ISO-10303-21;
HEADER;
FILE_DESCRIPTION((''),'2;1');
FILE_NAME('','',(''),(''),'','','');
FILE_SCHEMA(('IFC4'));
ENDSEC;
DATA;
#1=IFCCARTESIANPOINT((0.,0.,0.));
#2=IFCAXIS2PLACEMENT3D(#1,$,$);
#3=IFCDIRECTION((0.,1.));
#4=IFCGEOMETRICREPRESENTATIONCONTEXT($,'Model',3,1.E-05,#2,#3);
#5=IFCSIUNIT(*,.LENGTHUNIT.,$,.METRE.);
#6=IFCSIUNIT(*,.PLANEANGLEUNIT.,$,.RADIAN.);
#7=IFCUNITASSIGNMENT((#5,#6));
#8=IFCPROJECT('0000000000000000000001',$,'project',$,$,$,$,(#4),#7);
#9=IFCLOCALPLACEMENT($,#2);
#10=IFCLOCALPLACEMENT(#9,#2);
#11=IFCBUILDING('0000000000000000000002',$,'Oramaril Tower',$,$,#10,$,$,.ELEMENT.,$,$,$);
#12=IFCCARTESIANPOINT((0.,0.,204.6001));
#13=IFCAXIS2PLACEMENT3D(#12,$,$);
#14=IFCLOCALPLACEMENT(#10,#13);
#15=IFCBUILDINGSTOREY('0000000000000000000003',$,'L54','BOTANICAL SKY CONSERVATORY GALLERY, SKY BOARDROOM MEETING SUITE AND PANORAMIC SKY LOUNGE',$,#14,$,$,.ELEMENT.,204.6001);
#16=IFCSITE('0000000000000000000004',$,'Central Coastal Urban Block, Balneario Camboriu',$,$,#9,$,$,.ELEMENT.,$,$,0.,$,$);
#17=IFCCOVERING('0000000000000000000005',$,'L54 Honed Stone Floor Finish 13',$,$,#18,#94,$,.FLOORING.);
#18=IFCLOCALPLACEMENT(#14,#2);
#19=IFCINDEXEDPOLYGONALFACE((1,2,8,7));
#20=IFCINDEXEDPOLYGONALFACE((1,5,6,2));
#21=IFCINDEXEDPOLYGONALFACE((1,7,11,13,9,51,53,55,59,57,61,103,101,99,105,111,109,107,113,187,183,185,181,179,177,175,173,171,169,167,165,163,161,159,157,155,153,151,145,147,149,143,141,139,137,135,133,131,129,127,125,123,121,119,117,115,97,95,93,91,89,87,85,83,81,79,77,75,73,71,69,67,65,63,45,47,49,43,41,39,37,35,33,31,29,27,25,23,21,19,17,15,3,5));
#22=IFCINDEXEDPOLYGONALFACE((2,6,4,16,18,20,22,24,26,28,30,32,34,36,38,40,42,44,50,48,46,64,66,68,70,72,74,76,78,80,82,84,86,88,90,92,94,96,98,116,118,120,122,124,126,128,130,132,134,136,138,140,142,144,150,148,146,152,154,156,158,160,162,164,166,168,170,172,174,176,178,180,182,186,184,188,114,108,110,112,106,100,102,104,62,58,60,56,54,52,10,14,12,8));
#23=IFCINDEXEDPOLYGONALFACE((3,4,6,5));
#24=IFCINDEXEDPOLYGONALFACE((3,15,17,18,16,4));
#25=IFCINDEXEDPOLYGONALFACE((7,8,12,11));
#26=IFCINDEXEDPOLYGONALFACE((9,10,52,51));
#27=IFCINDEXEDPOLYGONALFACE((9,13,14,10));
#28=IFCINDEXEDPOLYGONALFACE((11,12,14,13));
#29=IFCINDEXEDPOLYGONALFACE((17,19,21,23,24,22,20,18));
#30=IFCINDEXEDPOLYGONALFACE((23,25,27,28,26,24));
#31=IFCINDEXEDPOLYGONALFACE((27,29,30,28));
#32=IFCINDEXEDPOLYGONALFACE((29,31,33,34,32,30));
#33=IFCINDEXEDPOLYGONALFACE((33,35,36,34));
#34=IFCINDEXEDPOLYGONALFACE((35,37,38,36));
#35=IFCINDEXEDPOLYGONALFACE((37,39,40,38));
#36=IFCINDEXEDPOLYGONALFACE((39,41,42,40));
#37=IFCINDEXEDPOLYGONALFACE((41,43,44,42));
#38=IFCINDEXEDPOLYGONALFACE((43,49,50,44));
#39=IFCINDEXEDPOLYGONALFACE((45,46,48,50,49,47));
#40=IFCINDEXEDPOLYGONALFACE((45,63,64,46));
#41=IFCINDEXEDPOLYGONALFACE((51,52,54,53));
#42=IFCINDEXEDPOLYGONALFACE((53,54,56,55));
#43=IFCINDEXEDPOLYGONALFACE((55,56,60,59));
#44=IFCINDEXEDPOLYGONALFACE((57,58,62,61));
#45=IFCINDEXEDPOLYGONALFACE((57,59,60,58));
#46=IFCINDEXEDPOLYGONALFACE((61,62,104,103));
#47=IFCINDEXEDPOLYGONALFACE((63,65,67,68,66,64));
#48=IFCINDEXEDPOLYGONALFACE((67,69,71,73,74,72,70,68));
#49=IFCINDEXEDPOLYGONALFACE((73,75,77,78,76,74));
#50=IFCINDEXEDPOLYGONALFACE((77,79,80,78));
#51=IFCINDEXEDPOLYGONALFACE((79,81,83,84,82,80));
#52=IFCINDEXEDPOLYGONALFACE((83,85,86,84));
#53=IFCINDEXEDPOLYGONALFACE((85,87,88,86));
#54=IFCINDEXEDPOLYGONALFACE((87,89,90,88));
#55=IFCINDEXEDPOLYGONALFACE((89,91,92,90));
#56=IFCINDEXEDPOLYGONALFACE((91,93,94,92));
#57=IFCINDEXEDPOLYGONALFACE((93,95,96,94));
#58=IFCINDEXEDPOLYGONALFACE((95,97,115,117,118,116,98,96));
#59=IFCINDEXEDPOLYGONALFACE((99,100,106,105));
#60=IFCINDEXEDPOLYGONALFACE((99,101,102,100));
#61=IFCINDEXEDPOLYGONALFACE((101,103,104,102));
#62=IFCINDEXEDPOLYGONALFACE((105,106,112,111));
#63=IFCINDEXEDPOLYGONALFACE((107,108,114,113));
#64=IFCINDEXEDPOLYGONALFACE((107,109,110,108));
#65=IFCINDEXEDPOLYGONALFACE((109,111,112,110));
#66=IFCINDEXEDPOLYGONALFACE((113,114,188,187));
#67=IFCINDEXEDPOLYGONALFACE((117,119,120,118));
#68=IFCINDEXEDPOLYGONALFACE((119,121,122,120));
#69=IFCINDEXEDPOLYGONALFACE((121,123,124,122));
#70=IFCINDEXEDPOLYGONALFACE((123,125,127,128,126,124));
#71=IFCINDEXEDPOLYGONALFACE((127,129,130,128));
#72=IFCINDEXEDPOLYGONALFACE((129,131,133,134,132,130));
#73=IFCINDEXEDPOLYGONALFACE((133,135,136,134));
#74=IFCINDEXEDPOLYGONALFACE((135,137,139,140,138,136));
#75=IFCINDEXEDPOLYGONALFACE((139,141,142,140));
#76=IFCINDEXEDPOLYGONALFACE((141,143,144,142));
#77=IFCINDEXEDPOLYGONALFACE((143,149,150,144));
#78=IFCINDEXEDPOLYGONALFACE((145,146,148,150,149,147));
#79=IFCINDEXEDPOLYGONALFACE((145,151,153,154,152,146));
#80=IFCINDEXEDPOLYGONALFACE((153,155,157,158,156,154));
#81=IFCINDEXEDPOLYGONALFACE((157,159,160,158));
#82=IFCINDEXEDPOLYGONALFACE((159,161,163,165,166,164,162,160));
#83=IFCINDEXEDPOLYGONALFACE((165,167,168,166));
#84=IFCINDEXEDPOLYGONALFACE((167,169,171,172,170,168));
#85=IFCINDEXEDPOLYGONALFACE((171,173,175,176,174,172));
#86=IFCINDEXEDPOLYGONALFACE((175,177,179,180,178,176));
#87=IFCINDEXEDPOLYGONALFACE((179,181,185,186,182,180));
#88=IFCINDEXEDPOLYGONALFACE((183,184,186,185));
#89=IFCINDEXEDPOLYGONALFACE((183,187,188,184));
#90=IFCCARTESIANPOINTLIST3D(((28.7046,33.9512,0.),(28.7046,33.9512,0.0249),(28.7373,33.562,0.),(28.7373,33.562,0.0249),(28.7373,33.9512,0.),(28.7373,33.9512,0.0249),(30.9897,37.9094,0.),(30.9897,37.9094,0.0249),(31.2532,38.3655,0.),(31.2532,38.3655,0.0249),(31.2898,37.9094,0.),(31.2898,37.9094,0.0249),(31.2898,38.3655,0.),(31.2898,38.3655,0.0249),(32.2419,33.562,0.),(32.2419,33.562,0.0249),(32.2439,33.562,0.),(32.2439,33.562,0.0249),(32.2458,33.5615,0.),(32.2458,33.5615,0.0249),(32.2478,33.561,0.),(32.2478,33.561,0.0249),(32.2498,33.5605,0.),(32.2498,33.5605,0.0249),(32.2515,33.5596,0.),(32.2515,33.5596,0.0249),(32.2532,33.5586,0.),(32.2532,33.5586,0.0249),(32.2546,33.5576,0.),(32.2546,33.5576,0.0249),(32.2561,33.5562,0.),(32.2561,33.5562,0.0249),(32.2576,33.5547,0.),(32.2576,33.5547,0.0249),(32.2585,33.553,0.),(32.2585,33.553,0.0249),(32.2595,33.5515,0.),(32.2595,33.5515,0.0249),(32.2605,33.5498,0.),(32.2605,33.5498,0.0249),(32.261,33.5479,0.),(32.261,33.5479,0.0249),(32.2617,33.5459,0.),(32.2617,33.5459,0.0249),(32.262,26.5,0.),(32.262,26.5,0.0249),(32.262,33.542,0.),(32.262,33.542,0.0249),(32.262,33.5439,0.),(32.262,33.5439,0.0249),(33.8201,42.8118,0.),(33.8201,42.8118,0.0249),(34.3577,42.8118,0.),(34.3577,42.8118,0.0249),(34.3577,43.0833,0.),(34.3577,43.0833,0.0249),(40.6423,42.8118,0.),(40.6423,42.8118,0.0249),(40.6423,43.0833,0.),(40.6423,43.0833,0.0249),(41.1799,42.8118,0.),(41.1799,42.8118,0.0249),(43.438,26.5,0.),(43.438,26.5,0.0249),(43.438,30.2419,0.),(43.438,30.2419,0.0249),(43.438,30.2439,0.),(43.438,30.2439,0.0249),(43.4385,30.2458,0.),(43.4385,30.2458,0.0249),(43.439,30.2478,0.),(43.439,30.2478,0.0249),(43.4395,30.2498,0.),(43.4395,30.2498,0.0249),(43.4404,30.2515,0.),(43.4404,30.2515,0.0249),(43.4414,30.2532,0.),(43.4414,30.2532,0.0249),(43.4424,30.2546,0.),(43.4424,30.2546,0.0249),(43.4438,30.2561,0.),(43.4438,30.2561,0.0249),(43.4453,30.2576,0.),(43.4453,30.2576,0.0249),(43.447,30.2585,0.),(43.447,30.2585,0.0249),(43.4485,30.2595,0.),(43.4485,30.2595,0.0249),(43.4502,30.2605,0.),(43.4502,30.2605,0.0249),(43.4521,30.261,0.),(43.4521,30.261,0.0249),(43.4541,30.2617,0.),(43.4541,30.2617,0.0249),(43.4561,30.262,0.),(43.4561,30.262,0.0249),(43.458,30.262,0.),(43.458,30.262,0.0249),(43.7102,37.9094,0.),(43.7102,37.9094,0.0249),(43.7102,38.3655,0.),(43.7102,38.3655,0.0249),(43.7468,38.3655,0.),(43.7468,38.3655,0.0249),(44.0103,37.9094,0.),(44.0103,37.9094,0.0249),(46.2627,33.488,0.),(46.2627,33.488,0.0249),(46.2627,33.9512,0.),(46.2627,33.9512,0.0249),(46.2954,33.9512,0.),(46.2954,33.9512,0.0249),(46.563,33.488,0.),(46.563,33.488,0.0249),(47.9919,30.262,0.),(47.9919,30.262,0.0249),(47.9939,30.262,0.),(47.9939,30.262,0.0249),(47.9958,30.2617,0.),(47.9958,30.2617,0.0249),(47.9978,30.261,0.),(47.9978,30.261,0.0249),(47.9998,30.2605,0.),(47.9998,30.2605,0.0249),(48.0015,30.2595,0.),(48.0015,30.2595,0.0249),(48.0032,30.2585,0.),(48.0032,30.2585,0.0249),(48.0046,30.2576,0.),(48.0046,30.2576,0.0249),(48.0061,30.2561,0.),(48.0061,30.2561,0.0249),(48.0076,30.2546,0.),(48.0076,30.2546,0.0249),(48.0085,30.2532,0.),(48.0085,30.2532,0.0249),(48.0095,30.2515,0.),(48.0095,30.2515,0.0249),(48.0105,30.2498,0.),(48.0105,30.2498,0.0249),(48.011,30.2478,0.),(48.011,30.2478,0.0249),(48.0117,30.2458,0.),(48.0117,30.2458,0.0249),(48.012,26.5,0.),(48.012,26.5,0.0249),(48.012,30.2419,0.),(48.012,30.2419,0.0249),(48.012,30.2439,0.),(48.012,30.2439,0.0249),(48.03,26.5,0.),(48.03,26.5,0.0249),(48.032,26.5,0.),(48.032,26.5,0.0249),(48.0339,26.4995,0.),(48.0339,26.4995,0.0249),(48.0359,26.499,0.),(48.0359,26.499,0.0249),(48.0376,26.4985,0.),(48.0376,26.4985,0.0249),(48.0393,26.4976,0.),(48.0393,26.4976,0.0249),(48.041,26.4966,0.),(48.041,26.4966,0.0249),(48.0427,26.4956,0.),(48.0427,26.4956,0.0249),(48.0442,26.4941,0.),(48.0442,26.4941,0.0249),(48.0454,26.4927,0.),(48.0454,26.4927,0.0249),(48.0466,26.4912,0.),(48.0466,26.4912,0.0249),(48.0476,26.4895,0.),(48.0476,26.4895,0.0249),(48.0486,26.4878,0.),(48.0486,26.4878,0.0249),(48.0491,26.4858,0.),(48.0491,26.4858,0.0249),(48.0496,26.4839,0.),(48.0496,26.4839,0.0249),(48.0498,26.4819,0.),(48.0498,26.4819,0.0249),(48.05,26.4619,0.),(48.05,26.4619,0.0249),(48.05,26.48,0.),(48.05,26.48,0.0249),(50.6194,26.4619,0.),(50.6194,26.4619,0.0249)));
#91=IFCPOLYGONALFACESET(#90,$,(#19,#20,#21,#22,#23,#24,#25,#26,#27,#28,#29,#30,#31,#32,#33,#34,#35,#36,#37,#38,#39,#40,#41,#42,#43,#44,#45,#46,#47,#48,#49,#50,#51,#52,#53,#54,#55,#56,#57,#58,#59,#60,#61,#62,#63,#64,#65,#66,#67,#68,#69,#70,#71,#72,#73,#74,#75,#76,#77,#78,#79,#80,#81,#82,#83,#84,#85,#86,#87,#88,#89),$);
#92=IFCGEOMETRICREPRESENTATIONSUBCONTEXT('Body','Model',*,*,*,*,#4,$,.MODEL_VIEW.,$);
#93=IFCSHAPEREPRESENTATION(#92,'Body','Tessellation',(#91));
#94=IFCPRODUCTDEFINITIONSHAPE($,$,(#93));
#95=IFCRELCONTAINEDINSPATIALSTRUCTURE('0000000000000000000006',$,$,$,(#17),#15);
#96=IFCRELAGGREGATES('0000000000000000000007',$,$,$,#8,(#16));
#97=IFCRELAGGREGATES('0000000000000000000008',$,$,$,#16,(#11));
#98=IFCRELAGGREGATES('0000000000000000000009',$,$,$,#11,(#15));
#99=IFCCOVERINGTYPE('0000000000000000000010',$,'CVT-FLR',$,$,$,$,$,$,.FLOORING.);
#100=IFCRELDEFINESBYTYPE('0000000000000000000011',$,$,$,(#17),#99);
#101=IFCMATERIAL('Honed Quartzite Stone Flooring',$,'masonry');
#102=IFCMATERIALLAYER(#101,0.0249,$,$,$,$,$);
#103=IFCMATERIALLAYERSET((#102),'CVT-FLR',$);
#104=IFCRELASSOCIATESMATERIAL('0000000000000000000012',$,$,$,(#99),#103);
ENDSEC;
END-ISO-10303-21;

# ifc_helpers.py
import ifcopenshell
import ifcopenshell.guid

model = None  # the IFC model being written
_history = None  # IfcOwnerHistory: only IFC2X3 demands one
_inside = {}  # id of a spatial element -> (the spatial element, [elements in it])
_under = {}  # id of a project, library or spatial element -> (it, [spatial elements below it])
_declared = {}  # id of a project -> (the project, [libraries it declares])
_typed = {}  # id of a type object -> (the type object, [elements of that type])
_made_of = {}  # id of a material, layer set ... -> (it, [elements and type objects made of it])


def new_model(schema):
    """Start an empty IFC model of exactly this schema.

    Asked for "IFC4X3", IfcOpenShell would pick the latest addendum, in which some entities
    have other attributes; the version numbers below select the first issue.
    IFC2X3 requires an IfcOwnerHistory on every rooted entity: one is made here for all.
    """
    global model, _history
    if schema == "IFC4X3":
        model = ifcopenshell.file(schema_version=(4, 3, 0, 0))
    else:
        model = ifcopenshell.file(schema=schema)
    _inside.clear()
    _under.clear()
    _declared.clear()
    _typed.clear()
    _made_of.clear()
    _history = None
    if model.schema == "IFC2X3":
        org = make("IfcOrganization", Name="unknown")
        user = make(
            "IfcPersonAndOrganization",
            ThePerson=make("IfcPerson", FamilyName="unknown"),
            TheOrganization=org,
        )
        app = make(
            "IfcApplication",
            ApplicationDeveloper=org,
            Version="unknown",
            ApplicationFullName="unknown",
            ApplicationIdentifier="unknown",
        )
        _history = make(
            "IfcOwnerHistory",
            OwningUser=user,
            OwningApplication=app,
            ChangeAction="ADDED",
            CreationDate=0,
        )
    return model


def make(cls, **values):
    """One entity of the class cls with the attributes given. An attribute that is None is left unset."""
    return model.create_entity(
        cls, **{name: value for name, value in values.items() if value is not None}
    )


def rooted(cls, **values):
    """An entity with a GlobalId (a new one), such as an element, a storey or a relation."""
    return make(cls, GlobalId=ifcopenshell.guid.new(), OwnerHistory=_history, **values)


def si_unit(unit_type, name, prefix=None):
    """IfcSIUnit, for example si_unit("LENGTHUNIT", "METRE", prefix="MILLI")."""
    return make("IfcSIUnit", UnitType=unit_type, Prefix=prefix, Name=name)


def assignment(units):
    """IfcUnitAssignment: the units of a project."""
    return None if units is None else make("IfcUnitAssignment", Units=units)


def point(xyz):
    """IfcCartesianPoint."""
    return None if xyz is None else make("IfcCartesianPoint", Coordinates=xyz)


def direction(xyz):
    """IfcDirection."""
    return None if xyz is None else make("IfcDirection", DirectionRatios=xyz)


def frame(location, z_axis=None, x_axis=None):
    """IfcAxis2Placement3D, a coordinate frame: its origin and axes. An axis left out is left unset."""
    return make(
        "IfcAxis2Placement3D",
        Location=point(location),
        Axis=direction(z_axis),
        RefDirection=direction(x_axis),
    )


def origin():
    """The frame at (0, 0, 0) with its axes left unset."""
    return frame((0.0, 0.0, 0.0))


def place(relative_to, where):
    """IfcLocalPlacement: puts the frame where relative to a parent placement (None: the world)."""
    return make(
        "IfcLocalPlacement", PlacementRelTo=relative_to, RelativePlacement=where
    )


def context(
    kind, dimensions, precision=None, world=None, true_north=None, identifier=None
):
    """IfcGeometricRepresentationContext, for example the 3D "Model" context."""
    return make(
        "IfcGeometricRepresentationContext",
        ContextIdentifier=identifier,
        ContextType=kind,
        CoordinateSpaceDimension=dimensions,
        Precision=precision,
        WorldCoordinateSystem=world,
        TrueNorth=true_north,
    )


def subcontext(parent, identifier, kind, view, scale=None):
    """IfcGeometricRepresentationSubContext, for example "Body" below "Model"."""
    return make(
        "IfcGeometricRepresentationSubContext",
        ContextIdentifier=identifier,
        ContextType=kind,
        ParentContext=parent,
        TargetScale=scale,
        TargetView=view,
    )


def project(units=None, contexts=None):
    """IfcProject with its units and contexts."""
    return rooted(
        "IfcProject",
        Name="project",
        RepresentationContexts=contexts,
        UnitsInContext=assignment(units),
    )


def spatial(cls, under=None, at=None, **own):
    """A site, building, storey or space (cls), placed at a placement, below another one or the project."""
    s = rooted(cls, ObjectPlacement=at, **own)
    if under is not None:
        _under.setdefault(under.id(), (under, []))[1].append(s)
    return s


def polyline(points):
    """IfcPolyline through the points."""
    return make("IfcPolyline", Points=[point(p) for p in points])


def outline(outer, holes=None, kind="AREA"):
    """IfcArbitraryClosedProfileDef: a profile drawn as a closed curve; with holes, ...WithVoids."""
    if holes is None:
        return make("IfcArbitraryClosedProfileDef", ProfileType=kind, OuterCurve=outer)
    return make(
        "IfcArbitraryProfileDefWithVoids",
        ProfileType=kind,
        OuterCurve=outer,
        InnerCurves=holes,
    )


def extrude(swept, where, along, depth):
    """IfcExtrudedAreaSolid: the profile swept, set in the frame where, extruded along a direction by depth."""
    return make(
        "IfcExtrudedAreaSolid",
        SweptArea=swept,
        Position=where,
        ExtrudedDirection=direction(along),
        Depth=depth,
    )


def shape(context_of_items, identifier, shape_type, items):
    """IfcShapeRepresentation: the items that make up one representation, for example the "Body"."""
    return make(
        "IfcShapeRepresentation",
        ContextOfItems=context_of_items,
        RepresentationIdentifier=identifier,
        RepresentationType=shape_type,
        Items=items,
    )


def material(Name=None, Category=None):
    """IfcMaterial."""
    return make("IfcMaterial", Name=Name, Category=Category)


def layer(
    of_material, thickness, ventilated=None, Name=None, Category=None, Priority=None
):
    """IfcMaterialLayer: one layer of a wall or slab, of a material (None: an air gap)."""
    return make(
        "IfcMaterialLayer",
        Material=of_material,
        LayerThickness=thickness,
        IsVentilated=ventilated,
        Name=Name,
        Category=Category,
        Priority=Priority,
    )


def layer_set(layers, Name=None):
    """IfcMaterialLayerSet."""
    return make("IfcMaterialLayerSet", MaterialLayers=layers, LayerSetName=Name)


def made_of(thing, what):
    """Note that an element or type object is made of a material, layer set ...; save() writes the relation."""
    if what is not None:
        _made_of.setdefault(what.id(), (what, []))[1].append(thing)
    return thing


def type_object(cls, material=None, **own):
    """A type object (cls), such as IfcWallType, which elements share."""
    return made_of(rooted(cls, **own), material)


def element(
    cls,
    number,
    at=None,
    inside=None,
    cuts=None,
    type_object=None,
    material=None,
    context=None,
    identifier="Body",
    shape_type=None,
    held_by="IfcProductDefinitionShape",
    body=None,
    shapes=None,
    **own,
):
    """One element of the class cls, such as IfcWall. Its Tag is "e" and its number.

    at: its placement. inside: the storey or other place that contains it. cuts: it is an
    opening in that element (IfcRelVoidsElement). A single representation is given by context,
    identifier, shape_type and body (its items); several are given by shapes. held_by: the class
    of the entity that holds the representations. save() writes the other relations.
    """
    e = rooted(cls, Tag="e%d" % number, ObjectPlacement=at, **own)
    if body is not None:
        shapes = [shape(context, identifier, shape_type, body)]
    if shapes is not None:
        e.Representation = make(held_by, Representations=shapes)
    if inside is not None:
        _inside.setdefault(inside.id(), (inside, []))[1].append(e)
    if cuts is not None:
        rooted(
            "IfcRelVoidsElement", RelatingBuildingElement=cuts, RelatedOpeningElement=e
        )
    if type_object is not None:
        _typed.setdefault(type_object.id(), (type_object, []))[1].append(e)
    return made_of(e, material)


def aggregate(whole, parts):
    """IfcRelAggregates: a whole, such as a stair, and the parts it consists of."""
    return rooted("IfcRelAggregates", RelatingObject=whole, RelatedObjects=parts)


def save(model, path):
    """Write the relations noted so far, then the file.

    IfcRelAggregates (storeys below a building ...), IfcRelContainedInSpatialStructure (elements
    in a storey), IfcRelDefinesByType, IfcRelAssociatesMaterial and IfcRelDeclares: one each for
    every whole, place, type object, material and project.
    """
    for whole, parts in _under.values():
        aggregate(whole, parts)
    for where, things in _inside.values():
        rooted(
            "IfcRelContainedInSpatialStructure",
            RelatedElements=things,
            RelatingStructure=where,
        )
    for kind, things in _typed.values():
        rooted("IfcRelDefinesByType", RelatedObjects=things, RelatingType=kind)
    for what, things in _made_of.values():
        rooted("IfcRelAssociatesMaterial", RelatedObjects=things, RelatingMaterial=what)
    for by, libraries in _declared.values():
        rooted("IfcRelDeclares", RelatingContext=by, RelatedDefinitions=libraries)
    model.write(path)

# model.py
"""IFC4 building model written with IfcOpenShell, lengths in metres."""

from ifc_helpers import new_model, si_unit, direction, frame, origin, place, context, subcontext, project, spatial, polyline, outline, extrude, material, layer, layer_set, type_object, element, save


model = new_model("IFC4")

# Units and contexts
model_context = context("Model", 3, precision=1e-05, world=origin(), true_north=direction((0.0, 1.0)))
body_context = subcontext(model_context, "Body", "Model", "MODEL_VIEW")
ifc_project = project(units=[si_unit("LENGTHUNIT", "METRE"), si_unit("PLANEANGLEUNIT", "RADIAN")], contexts=[model_context])

# Site, building, storey
site_placement = place(None, origin())
site = spatial("IfcSite", under=ifc_project, at=site_placement, Name="Central Coastal Urban Block, Balneario Camboriu", CompositionType="ELEMENT", RefElevation=0.0)
building_placement = place(site_placement, origin())
building = spatial("IfcBuilding", under=site, at=building_placement, Name="Oramaril Tower", CompositionType="ELEMENT")
storey_placement = place(building_placement, frame((0.0, 0.0, 204.6001)))
storey = spatial("IfcBuildingStorey", under=building, at=storey_placement, Name="L54", Description="BOTANICAL SKY CONSERVATORY GALLERY, SKY BOARDROOM MEETING SUITE AND PANORAMIC SKY LOUNGE", CompositionType="ELEMENT", Elevation=204.6001)

# Covering
ifc_material_1 = material(Name="Honed Quartzite Stone Flooring", Category="masonry")
ifc_layer_1 = layer(ifc_material_1, 0.0249)
ifc_layer_set_1 = layer_set([ifc_layer_1], Name="CVT-FLR")
covering_type_1 = type_object("IfcCoveringType", Name="CVT-FLR", PredefinedType="FLOORING", material=ifc_layer_set_1)
covering_1_placement = place(storey_placement, origin())
element("IfcCovering", 1, at=covering_1_placement, inside=storey, type_object=covering_type_1, Name="L54 Honed Stone Floor Finish 13", PredefinedType="FLOORING", context=body_context, shape_type="SweptSolid", body=[
    extrude(outline(polyline([(28.7373, 33.9512), (28.7046, 33.9512), (30.9897, 37.9094), (31.2898, 37.9094), (31.2898, 38.3655), (31.2532, 38.3655), (33.8201, 42.8118), (34.3577, 42.8118), (34.3577, 43.0833), (40.6423, 43.0833), (40.6423, 42.8118), (41.1799, 42.8118), (43.7468, 38.3655), (43.7102, 38.3655), (43.7102, 37.9094), (44.0103, 37.9094), (46.2954, 33.9512), (46.2627, 33.9512), (46.2627, 33.488), (46.563, 33.488), (50.6194, 26.4619), (48.05, 26.4619), (48.05, 26.48), (48.0498, 26.4819), (48.0496, 26.4839), (48.0491, 26.4858), (48.0486, 26.4878), (48.0476, 26.4895), (48.0466, 26.4912), (48.0454, 26.4927), (48.0442, 26.4941), (48.0427, 26.4956), (48.041, 26.4966), (48.0393, 26.4976), (48.0376, 26.4985), (48.0359, 26.499), (48.0339, 26.4995), (48.032, 26.5), (48.03, 26.5), (48.012, 26.5), (48.012, 30.2419), (48.012, 30.2439), (48.0117, 30.2458), (48.011, 30.2478), (48.0105, 30.2498), (48.0095, 30.2515), (48.0085, 30.2532), (48.0076, 30.2546), (48.0061, 30.2561), (48.0046, 30.2576), (48.0032, 30.2585), (48.0015, 30.2595), (47.9998, 30.2605), (47.9978, 30.261), (47.9958, 30.2617), (47.9939, 30.262), (47.9919, 30.262), (43.458, 30.262), (43.4561, 30.262), (43.4541, 30.2617), (43.4521, 30.261), (43.4502, 30.2605), (43.4485, 30.2595), (43.447, 30.2585), (43.4453, 30.2576), (43.4438, 30.2561), (43.4424, 30.2546), (43.4414, 30.2532), (43.4404, 30.2515), (43.4395, 30.2498), (43.439, 30.2478), (43.4385, 30.2458), (43.438, 30.2439), (43.438, 30.2419), (43.438, 26.5), (32.262, 26.5), (32.262, 33.542), (32.262, 33.5439), (32.2617, 33.5459), (32.261, 33.5479), (32.2605, 33.5498), (32.2595, 33.5515), (32.2585, 33.553), (32.2576, 33.5547), (32.2561, 33.5562), (32.2546, 33.5576), (32.2532, 33.5586), (32.2515, 33.5596), (32.2498, 33.5605), (32.2478, 33.561), (32.2458, 33.5615), (32.2439, 33.562), (32.2419, 33.562), (28.7373, 33.562), (28.7373, 33.9512)])), origin(), (0.0, 0.0, 1.0), 0.0249),
])

save(model, "model.ifc")
